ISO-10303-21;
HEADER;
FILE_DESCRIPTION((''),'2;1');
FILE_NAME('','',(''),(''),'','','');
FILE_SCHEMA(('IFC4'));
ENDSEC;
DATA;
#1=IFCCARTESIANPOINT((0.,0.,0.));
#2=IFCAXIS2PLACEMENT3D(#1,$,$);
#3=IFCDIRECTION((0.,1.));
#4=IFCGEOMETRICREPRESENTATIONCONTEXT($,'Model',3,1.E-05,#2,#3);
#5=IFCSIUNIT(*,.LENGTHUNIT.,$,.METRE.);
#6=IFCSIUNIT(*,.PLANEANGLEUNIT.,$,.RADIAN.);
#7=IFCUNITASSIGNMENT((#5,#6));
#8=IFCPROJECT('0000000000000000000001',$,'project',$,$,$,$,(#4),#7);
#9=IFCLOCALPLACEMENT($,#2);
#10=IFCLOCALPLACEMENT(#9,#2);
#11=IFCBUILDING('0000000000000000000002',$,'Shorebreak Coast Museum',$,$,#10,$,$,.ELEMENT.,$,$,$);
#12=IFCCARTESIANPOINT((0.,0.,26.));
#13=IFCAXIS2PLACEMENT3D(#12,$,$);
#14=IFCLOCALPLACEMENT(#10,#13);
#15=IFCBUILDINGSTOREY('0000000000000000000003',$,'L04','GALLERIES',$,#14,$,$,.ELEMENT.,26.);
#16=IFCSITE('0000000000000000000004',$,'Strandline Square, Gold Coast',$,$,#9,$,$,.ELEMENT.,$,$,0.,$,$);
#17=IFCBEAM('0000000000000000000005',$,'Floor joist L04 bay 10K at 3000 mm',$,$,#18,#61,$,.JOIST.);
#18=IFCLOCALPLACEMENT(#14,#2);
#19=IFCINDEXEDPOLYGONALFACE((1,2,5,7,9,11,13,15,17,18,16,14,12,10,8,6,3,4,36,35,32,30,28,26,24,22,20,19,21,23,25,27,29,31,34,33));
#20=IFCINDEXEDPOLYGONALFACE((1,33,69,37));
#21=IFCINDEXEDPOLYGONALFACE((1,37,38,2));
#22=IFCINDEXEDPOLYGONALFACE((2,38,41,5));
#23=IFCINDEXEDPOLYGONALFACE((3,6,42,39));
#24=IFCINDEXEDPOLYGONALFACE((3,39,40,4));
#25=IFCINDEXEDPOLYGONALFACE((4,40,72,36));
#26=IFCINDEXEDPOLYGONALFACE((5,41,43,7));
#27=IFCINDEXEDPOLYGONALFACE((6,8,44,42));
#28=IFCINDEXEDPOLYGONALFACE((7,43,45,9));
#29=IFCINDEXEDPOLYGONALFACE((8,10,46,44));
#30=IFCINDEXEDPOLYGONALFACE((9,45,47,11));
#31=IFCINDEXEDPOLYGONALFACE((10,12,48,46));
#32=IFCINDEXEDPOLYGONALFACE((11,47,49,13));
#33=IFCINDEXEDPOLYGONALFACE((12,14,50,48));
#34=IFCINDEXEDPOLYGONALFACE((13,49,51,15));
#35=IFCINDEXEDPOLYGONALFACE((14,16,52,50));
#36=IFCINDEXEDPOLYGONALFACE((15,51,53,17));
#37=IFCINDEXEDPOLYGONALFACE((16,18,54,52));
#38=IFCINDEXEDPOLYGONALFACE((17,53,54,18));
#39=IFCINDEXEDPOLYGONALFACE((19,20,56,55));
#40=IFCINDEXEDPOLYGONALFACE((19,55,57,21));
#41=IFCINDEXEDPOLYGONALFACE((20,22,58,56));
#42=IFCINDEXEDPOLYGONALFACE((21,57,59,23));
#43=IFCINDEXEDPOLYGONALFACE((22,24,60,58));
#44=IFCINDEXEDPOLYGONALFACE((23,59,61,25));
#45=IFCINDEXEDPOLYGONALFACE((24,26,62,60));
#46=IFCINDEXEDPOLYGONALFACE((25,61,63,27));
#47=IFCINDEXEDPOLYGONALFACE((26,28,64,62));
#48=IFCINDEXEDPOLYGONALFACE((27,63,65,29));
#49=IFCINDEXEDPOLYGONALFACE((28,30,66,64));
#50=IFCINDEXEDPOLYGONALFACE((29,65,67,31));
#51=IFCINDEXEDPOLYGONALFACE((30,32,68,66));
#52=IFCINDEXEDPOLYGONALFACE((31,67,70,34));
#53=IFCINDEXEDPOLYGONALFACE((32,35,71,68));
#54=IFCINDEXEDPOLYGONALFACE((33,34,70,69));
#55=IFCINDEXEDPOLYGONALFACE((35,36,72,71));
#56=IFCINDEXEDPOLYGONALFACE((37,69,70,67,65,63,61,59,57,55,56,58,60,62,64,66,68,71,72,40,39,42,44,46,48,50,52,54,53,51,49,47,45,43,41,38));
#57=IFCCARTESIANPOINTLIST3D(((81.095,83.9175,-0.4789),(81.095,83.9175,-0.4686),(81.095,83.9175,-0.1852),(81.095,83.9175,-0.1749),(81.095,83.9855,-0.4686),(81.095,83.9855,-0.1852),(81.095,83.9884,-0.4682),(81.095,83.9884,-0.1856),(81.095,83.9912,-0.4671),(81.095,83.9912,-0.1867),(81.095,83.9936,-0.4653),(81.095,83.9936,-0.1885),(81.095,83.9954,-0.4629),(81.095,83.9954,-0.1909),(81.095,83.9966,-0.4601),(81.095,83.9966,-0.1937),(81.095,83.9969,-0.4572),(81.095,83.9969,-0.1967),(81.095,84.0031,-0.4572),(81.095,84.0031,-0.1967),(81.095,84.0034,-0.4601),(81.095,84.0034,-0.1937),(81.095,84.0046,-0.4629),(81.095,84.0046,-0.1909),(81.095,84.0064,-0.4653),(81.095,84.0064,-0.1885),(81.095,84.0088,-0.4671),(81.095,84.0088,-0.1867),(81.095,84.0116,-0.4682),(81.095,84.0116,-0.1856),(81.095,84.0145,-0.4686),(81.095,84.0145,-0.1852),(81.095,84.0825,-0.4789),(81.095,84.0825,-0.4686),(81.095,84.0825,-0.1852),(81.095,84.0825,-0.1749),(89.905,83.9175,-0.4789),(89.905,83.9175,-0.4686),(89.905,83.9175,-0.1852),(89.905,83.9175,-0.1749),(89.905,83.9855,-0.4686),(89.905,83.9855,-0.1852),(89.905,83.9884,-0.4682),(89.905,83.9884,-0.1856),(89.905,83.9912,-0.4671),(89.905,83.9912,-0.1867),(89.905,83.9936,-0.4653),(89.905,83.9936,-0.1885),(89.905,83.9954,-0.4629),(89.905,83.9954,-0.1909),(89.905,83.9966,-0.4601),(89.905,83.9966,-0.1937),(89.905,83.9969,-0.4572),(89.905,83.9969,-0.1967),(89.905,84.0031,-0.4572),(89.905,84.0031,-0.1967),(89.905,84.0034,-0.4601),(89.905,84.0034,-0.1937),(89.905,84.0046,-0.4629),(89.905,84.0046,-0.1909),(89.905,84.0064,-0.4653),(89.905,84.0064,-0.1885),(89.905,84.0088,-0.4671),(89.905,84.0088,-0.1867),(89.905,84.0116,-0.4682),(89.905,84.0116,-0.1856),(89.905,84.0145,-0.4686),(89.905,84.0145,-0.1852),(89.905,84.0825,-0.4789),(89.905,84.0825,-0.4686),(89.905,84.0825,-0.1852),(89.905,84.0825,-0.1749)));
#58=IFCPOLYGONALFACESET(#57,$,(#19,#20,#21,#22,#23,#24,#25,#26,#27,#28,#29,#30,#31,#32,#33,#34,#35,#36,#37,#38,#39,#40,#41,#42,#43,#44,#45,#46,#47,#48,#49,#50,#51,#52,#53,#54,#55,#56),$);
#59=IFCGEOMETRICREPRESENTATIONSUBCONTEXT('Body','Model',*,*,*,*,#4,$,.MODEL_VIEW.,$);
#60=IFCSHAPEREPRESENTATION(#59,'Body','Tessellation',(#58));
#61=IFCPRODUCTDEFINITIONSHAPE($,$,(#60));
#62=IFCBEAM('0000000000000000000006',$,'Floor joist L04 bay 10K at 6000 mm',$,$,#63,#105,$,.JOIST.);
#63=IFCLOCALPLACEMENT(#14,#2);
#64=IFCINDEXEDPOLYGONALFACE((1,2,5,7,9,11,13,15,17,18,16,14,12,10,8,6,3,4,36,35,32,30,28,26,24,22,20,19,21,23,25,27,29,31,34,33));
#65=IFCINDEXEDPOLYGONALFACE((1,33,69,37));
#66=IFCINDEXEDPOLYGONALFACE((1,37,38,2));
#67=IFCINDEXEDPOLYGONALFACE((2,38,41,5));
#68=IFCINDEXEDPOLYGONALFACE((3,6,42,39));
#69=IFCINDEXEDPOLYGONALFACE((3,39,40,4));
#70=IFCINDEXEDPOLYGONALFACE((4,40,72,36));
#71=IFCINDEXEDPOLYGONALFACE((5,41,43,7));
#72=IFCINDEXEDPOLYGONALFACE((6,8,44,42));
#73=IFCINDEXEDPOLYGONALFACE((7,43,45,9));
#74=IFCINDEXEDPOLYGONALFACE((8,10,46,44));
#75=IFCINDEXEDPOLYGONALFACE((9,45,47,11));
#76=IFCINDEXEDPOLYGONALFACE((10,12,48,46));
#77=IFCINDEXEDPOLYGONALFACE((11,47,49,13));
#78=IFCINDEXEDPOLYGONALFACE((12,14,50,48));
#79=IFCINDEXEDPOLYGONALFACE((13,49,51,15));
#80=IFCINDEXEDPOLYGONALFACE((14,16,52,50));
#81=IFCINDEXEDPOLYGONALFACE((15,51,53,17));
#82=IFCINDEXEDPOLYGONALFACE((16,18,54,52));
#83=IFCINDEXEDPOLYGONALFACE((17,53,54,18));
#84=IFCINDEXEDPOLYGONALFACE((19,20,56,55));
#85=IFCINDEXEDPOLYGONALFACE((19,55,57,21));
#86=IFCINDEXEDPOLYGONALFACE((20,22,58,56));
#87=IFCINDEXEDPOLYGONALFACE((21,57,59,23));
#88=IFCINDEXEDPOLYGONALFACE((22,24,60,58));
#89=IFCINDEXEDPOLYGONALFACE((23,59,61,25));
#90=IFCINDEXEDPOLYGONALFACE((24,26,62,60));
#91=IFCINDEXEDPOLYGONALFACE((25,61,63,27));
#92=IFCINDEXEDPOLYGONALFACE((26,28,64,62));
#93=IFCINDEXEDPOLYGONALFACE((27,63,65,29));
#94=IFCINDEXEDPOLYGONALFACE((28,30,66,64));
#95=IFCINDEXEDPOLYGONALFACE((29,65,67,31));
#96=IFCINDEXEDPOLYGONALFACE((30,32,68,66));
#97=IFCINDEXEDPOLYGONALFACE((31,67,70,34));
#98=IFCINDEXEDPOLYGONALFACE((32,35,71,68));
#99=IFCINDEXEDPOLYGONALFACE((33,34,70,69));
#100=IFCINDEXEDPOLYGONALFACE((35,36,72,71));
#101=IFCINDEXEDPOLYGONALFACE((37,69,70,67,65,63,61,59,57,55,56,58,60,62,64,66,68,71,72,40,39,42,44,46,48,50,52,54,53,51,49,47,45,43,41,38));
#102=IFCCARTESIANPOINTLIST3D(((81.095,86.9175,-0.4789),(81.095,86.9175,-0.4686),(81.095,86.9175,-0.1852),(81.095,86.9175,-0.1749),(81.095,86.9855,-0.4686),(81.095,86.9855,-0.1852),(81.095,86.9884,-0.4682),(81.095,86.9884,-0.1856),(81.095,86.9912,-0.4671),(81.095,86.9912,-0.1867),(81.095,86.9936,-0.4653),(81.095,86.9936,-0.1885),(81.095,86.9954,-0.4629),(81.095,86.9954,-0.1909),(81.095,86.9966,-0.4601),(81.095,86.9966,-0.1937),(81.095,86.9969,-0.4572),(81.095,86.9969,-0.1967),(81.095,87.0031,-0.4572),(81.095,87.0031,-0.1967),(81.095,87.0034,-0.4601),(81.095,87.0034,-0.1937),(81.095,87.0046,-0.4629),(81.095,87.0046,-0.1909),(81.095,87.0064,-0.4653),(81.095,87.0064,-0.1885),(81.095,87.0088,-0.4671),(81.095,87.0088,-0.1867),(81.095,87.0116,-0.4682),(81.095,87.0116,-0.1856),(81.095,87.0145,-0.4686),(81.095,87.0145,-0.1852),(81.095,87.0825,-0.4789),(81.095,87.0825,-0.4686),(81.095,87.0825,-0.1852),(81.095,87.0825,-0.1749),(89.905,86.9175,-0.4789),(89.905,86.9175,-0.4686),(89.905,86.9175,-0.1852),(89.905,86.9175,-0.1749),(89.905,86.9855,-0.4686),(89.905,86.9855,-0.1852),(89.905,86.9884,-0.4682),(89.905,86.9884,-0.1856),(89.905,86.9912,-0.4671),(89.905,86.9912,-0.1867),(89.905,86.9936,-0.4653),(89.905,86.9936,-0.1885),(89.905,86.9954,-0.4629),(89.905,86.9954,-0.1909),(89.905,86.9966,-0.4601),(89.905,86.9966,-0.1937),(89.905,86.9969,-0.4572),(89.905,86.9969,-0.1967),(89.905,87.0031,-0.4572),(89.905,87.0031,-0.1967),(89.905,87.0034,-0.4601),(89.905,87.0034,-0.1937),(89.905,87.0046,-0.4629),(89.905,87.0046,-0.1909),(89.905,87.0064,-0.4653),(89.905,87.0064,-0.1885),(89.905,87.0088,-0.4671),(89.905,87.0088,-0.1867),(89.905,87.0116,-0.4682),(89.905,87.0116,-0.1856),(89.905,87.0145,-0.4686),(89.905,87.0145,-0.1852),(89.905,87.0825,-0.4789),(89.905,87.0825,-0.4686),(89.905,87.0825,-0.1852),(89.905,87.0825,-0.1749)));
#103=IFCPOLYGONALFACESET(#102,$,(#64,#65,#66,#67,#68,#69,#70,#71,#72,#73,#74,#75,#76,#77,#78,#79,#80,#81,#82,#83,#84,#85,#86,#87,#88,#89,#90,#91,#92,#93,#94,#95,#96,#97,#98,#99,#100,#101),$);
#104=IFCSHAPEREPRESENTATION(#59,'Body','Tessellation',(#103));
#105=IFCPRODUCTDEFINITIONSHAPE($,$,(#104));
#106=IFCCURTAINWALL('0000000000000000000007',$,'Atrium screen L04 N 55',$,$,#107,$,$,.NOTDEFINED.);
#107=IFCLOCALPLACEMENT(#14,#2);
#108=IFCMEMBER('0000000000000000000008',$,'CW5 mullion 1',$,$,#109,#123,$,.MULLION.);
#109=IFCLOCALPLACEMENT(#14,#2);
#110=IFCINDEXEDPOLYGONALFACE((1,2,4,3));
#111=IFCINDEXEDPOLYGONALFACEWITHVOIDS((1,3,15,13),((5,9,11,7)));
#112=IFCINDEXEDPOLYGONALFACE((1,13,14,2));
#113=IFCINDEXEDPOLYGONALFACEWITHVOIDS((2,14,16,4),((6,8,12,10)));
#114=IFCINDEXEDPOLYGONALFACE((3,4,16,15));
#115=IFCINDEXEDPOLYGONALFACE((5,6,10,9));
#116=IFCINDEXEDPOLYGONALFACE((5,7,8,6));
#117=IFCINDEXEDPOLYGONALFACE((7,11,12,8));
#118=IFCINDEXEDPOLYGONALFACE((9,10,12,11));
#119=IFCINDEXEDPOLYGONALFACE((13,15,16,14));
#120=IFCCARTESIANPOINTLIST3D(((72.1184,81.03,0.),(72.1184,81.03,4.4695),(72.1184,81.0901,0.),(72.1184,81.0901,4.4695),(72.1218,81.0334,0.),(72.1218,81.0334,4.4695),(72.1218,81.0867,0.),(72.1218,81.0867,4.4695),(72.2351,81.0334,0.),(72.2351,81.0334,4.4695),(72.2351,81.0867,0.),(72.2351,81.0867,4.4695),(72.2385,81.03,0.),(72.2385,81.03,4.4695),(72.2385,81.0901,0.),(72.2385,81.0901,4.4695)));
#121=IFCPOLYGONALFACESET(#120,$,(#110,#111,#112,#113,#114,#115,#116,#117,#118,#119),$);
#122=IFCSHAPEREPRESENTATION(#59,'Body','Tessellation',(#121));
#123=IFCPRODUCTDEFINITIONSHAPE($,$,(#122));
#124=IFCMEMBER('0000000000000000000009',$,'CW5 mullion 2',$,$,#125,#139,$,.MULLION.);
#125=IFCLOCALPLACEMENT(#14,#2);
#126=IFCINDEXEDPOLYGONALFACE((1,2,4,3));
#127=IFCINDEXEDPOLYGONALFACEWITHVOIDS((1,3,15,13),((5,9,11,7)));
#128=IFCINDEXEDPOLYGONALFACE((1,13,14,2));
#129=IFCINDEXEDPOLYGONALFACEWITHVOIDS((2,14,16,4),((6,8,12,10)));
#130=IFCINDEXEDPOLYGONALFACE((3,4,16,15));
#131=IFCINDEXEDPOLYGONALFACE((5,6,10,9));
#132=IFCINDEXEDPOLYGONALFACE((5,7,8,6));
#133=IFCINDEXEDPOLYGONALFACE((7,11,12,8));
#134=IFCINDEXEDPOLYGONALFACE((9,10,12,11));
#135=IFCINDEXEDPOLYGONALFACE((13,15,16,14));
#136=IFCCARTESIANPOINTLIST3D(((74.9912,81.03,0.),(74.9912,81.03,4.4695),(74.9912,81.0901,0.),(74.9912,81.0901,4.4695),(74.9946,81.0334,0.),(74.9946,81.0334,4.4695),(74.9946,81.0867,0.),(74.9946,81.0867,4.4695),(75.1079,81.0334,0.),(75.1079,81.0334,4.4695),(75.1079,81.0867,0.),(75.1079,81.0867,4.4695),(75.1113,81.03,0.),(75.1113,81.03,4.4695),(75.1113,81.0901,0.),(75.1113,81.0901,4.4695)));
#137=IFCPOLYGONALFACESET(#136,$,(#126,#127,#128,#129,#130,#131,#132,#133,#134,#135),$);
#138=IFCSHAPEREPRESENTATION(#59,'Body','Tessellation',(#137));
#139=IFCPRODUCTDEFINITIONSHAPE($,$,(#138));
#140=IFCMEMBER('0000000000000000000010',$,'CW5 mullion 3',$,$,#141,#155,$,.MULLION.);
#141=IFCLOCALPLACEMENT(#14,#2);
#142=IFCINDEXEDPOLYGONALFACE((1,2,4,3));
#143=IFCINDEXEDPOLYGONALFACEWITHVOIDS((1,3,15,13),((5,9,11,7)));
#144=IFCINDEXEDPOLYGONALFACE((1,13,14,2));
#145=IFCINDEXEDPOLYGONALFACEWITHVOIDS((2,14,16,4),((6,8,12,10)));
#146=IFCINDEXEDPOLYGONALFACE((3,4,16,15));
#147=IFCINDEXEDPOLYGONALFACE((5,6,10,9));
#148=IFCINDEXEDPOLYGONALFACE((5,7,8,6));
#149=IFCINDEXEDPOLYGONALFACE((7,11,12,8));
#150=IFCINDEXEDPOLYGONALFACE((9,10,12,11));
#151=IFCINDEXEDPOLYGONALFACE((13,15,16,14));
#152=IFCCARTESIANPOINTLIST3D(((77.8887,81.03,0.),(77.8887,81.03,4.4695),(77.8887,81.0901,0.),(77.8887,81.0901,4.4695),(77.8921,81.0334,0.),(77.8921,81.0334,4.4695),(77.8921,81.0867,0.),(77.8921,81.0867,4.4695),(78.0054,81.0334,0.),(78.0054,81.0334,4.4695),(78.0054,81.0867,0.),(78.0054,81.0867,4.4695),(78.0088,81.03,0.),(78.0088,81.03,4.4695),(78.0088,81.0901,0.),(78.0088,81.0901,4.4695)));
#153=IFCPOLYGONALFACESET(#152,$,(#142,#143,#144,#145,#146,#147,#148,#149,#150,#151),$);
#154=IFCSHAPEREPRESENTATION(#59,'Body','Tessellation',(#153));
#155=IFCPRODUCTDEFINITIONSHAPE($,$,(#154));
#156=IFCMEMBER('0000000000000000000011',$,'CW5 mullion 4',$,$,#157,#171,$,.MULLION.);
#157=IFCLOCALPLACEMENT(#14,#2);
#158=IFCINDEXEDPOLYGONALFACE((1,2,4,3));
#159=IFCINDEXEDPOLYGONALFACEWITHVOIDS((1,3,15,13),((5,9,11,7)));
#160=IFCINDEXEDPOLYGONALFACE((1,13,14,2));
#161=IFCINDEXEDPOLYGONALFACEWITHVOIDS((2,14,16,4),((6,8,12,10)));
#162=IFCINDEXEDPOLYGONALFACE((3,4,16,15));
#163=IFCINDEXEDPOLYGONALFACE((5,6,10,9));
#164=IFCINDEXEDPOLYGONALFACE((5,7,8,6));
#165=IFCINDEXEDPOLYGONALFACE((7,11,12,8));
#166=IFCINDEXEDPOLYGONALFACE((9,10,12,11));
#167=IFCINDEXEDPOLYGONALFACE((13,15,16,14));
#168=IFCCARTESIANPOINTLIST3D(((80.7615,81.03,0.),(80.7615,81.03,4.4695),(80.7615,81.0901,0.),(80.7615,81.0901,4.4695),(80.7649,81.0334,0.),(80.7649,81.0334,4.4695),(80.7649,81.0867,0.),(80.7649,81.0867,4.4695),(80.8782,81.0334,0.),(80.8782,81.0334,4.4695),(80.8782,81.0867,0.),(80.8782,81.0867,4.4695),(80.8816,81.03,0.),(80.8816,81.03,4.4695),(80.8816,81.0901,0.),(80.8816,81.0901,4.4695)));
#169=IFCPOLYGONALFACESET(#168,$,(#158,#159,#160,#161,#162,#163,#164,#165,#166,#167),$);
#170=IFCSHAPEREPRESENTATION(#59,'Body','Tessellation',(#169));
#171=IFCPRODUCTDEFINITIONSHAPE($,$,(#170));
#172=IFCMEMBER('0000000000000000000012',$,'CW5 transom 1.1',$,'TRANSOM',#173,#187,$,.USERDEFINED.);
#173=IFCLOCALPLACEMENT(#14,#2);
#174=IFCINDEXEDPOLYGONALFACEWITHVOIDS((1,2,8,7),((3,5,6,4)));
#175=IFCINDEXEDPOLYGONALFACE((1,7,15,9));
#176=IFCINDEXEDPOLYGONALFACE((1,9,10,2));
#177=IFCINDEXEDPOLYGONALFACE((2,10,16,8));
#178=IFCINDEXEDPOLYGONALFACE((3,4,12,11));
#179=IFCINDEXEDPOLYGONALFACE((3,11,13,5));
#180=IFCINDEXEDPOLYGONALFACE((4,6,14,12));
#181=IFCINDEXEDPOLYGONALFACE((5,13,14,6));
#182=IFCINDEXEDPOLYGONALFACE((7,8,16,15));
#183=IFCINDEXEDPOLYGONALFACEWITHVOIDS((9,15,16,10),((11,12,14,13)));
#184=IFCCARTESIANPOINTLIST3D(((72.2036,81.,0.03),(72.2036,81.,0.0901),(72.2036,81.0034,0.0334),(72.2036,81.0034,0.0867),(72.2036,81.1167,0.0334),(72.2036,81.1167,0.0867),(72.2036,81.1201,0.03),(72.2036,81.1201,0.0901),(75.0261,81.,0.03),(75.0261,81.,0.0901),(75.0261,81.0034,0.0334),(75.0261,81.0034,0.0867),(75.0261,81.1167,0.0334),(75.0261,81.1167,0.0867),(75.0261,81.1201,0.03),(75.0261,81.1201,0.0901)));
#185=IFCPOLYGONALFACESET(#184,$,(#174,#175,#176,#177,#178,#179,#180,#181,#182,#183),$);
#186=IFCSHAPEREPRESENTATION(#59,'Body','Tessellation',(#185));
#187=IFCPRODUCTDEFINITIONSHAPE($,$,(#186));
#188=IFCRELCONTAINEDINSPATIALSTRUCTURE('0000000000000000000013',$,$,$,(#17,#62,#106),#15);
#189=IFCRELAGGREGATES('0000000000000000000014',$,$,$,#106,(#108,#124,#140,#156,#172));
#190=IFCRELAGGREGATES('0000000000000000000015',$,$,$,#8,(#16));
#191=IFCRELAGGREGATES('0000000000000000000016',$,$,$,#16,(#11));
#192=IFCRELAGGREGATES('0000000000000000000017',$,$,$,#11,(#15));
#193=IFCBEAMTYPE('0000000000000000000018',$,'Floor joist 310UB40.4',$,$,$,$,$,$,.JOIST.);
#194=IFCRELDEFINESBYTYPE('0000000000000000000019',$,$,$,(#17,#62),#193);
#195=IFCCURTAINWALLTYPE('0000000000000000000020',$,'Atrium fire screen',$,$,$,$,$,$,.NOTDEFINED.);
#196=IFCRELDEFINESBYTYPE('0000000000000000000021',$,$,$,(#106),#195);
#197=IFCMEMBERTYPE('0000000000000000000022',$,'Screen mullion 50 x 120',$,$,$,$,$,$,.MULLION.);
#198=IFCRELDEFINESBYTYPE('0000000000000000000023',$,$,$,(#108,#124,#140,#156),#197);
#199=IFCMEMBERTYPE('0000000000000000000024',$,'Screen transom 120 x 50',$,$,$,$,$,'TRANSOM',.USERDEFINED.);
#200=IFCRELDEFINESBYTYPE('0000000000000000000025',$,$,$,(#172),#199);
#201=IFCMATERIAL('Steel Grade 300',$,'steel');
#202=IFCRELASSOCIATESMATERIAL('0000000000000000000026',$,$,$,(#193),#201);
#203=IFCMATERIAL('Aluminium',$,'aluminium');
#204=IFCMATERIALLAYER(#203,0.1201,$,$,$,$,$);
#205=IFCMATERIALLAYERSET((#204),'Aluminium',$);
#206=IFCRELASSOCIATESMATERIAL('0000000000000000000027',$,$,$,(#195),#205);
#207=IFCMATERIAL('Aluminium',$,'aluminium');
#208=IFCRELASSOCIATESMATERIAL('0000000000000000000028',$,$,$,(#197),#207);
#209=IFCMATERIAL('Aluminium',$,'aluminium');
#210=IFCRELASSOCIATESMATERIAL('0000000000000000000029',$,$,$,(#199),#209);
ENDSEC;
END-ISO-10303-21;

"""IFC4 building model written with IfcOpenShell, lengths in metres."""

from ifc_helpers import new_model, si_unit, direction, frame, origin, origin_2d, place, context, subcontext, project, spatial, hollow_rectangle, i_section, extrude, material, layer, layer_set, material_profile, profile_set, type_object, element, aggregate, save


model = new_model("IFC4")

# Units and contexts
model_context = context("Model", 3, precision=1e-05, world=origin(), true_north=direction((0.0, 1.0)))
body_context = subcontext(model_context, "Body", "Model", "MODEL_VIEW")
ifc_project = project(units=[si_unit("LENGTHUNIT", "METRE"), si_unit("PLANEANGLEUNIT", "RADIAN")], contexts=[model_context])

# Site, building, storey
site_placement = place(None, origin())
site = spatial("IfcSite", under=ifc_project, at=site_placement, Name="Strandline Square, Gold Coast", CompositionType="ELEMENT", RefElevation=0.0)
building_placement = place(site_placement, origin())
building = spatial("IfcBuilding", under=site, at=building_placement, Name="Shorebreak Coast Museum", CompositionType="ELEMENT")
storey_placement = place(building_placement, frame((0.0, 0.0, 26.0)))
storey = spatial("IfcBuildingStorey", under=building, at=storey_placement, Name="L04", Description="GALLERIES", CompositionType="ELEMENT", Elevation=26.0)

# Beams
ifc_material_1 = material(Name="Steel Grade 300", Category="steel")
ifc_material_profile_1 = material_profile(ifc_material_1, i_section(OverallWidth=0.165, OverallDepth=0.304, WebThickness=0.0061, FlangeThickness=0.0103, FilletRadius=0.0115, at=origin_2d()), Name="310UB40.4")
ifc_profile_set_1 = profile_set([ifc_material_profile_1], Name="Steel Grade 300")
beam_type_1 = type_object("IfcBeamType", Name="Floor joist 310UB40.4", PredefinedType="JOIST", material=ifc_profile_set_1)
for number, where, z_axis, x_axis, name in (
    (1, (81.095, 84.0, -0.3269), (1.0, 0.0, 0.0), (0.0, 1.0, 0.0), "Floor joist L04 bay 10K at 3000 mm"),
    (2, (81.095, 87.0, -0.3269), (1.0, 0.0, 0.0), (0.0, 1.0, 0.0), "Floor joist L04 bay 10K at 6000 mm"),
):
    element("IfcBeam", number, at=place(storey_placement, frame(where, z_axis=z_axis, x_axis=x_axis)), inside=storey, type_object=beam_type_1, Name=name, PredefinedType="JOIST", context=body_context, shape_type="SweptSolid", body=[
        extrude(i_section(OverallWidth=0.165, OverallDepth=0.304, WebThickness=0.0061, FlangeThickness=0.0103, FilletRadius=0.0115, at=origin_2d()), origin(), (0.0, 0.0, 1.0), 8.8101),
    ])

# Curtain wall, members
ifc_material_2 = material(Name="Aluminium", Category="aluminium")
ifc_layer_1 = layer(ifc_material_2, 0.1201)
ifc_layer_set_1 = layer_set([ifc_layer_1], Name="Aluminium")
curtain_wall_type = type_object("IfcCurtainWallType", Name="Atrium fire screen", PredefinedType="NOTDEFINED", material=ifc_layer_set_1)
curtain_wall_placement = place(storey_placement, origin())
curtain_wall = element("IfcCurtainWall", 3, at=curtain_wall_placement, inside=storey, type_object=curtain_wall_type, Name="Atrium screen L04 N 55", PredefinedType="NOTDEFINED")
ifc_material_3 = material(Name="Aluminium", Category="aluminium")
ifc_material_profile_2 = material_profile(ifc_material_3, hollow_rectangle(XDim=0.0601, YDim=0.1201, WallThickness=0.0034, at=origin_2d()), Name="AL 120x60 RHS")
ifc_profile_set_2 = profile_set([ifc_material_profile_2], Name="Aluminium")
member_type_1 = type_object("IfcMemberType", Name="Screen mullion 50 x 120", PredefinedType="MULLION", material=ifc_profile_set_2)
member_1_placement = place(storey_placement, frame((72.1785, 81.0601, 0.0), z_axis=(0.0, 0.0, 1.0), x_axis=(0.0, 1.0, 0.0)))
member_1 = element("IfcMember", 4, at=member_1_placement, type_object=member_type_1, Name="CW5 mullion 1", PredefinedType="MULLION", context=body_context, shape_type="SweptSolid", body=[
    extrude(hollow_rectangle(XDim=0.0601, YDim=0.1201, WallThickness=0.0034, at=origin_2d()), origin(), (0.0, 0.0, 1.0), 4.4695),
])
member_2_placement = place(storey_placement, frame((75.0513, 81.0601, 0.0), z_axis=(0.0, 0.0, 1.0), x_axis=(0.0, 1.0, 0.0)))
member_2 = element("IfcMember", 5, at=member_2_placement, type_object=member_type_1, Name="CW5 mullion 2", PredefinedType="MULLION", context=body_context, shape_type="SweptSolid", body=[
    extrude(hollow_rectangle(XDim=0.0601, YDim=0.1201, WallThickness=0.0034, at=origin_2d()), origin(), (0.0, 0.0, 1.0), 4.4695),
])
member_3_placement = place(storey_placement, frame((77.9487, 81.0601, 0.0), z_axis=(0.0, 0.0, 1.0), x_axis=(0.0, 1.0, 0.0)))
member_3 = element("IfcMember", 6, at=member_3_placement, type_object=member_type_1, Name="CW5 mullion 3", PredefinedType="MULLION", context=body_context, shape_type="SweptSolid", body=[
    extrude(hollow_rectangle(XDim=0.0601, YDim=0.1201, WallThickness=0.0034, at=origin_2d()), origin(), (0.0, 0.0, 1.0), 4.4695),
])
member_4_placement = place(storey_placement, frame((80.8215, 81.0601, 0.0), z_axis=(0.0, 0.0, 1.0), x_axis=(0.0, 1.0, 0.0)))
member_4 = element("IfcMember", 7, at=member_4_placement, type_object=member_type_1, Name="CW5 mullion 4", PredefinedType="MULLION", context=body_context, shape_type="SweptSolid", body=[
    extrude(hollow_rectangle(XDim=0.0601, YDim=0.1201, WallThickness=0.0034, at=origin_2d()), origin(), (0.0, 0.0, 1.0), 4.4695),
])
ifc_material_4 = material(Name="Aluminium", Category="aluminium")
ifc_material_profile_3 = material_profile(ifc_material_4, hollow_rectangle(XDim=0.1201, YDim=0.0601, WallThickness=0.0034, at=origin_2d()), Name="AL 60x120 RHS")
ifc_profile_set_3 = profile_set([ifc_material_profile_3], Name="Aluminium")
member_type_2 = type_object("IfcMemberType", Name="Screen transom 120 x 50", ElementType="TRANSOM", PredefinedType="USERDEFINED", material=ifc_profile_set_3)
member_5_placement = place(storey_placement, frame((72.2036, 81.0601, 0.0601), z_axis=(1.0, 0.0, 0.0), x_axis=(0.0, 1.0, 0.0)))
member_5 = element("IfcMember", 8, at=member_5_placement, type_object=member_type_2, Name="CW5 transom 1.1", ObjectType="TRANSOM", PredefinedType="USERDEFINED", context=body_context, shape_type="SweptSolid", body=[
    extrude(hollow_rectangle(XDim=0.1201, YDim=0.0601, WallThickness=0.0034, at=origin_2d()), origin(), (0.0, 0.0, 1.0), 2.8225),
])
aggregate(curtain_wall, [member_1, member_2, member_3, member_4, member_5])

save(model, "model.ifc")
